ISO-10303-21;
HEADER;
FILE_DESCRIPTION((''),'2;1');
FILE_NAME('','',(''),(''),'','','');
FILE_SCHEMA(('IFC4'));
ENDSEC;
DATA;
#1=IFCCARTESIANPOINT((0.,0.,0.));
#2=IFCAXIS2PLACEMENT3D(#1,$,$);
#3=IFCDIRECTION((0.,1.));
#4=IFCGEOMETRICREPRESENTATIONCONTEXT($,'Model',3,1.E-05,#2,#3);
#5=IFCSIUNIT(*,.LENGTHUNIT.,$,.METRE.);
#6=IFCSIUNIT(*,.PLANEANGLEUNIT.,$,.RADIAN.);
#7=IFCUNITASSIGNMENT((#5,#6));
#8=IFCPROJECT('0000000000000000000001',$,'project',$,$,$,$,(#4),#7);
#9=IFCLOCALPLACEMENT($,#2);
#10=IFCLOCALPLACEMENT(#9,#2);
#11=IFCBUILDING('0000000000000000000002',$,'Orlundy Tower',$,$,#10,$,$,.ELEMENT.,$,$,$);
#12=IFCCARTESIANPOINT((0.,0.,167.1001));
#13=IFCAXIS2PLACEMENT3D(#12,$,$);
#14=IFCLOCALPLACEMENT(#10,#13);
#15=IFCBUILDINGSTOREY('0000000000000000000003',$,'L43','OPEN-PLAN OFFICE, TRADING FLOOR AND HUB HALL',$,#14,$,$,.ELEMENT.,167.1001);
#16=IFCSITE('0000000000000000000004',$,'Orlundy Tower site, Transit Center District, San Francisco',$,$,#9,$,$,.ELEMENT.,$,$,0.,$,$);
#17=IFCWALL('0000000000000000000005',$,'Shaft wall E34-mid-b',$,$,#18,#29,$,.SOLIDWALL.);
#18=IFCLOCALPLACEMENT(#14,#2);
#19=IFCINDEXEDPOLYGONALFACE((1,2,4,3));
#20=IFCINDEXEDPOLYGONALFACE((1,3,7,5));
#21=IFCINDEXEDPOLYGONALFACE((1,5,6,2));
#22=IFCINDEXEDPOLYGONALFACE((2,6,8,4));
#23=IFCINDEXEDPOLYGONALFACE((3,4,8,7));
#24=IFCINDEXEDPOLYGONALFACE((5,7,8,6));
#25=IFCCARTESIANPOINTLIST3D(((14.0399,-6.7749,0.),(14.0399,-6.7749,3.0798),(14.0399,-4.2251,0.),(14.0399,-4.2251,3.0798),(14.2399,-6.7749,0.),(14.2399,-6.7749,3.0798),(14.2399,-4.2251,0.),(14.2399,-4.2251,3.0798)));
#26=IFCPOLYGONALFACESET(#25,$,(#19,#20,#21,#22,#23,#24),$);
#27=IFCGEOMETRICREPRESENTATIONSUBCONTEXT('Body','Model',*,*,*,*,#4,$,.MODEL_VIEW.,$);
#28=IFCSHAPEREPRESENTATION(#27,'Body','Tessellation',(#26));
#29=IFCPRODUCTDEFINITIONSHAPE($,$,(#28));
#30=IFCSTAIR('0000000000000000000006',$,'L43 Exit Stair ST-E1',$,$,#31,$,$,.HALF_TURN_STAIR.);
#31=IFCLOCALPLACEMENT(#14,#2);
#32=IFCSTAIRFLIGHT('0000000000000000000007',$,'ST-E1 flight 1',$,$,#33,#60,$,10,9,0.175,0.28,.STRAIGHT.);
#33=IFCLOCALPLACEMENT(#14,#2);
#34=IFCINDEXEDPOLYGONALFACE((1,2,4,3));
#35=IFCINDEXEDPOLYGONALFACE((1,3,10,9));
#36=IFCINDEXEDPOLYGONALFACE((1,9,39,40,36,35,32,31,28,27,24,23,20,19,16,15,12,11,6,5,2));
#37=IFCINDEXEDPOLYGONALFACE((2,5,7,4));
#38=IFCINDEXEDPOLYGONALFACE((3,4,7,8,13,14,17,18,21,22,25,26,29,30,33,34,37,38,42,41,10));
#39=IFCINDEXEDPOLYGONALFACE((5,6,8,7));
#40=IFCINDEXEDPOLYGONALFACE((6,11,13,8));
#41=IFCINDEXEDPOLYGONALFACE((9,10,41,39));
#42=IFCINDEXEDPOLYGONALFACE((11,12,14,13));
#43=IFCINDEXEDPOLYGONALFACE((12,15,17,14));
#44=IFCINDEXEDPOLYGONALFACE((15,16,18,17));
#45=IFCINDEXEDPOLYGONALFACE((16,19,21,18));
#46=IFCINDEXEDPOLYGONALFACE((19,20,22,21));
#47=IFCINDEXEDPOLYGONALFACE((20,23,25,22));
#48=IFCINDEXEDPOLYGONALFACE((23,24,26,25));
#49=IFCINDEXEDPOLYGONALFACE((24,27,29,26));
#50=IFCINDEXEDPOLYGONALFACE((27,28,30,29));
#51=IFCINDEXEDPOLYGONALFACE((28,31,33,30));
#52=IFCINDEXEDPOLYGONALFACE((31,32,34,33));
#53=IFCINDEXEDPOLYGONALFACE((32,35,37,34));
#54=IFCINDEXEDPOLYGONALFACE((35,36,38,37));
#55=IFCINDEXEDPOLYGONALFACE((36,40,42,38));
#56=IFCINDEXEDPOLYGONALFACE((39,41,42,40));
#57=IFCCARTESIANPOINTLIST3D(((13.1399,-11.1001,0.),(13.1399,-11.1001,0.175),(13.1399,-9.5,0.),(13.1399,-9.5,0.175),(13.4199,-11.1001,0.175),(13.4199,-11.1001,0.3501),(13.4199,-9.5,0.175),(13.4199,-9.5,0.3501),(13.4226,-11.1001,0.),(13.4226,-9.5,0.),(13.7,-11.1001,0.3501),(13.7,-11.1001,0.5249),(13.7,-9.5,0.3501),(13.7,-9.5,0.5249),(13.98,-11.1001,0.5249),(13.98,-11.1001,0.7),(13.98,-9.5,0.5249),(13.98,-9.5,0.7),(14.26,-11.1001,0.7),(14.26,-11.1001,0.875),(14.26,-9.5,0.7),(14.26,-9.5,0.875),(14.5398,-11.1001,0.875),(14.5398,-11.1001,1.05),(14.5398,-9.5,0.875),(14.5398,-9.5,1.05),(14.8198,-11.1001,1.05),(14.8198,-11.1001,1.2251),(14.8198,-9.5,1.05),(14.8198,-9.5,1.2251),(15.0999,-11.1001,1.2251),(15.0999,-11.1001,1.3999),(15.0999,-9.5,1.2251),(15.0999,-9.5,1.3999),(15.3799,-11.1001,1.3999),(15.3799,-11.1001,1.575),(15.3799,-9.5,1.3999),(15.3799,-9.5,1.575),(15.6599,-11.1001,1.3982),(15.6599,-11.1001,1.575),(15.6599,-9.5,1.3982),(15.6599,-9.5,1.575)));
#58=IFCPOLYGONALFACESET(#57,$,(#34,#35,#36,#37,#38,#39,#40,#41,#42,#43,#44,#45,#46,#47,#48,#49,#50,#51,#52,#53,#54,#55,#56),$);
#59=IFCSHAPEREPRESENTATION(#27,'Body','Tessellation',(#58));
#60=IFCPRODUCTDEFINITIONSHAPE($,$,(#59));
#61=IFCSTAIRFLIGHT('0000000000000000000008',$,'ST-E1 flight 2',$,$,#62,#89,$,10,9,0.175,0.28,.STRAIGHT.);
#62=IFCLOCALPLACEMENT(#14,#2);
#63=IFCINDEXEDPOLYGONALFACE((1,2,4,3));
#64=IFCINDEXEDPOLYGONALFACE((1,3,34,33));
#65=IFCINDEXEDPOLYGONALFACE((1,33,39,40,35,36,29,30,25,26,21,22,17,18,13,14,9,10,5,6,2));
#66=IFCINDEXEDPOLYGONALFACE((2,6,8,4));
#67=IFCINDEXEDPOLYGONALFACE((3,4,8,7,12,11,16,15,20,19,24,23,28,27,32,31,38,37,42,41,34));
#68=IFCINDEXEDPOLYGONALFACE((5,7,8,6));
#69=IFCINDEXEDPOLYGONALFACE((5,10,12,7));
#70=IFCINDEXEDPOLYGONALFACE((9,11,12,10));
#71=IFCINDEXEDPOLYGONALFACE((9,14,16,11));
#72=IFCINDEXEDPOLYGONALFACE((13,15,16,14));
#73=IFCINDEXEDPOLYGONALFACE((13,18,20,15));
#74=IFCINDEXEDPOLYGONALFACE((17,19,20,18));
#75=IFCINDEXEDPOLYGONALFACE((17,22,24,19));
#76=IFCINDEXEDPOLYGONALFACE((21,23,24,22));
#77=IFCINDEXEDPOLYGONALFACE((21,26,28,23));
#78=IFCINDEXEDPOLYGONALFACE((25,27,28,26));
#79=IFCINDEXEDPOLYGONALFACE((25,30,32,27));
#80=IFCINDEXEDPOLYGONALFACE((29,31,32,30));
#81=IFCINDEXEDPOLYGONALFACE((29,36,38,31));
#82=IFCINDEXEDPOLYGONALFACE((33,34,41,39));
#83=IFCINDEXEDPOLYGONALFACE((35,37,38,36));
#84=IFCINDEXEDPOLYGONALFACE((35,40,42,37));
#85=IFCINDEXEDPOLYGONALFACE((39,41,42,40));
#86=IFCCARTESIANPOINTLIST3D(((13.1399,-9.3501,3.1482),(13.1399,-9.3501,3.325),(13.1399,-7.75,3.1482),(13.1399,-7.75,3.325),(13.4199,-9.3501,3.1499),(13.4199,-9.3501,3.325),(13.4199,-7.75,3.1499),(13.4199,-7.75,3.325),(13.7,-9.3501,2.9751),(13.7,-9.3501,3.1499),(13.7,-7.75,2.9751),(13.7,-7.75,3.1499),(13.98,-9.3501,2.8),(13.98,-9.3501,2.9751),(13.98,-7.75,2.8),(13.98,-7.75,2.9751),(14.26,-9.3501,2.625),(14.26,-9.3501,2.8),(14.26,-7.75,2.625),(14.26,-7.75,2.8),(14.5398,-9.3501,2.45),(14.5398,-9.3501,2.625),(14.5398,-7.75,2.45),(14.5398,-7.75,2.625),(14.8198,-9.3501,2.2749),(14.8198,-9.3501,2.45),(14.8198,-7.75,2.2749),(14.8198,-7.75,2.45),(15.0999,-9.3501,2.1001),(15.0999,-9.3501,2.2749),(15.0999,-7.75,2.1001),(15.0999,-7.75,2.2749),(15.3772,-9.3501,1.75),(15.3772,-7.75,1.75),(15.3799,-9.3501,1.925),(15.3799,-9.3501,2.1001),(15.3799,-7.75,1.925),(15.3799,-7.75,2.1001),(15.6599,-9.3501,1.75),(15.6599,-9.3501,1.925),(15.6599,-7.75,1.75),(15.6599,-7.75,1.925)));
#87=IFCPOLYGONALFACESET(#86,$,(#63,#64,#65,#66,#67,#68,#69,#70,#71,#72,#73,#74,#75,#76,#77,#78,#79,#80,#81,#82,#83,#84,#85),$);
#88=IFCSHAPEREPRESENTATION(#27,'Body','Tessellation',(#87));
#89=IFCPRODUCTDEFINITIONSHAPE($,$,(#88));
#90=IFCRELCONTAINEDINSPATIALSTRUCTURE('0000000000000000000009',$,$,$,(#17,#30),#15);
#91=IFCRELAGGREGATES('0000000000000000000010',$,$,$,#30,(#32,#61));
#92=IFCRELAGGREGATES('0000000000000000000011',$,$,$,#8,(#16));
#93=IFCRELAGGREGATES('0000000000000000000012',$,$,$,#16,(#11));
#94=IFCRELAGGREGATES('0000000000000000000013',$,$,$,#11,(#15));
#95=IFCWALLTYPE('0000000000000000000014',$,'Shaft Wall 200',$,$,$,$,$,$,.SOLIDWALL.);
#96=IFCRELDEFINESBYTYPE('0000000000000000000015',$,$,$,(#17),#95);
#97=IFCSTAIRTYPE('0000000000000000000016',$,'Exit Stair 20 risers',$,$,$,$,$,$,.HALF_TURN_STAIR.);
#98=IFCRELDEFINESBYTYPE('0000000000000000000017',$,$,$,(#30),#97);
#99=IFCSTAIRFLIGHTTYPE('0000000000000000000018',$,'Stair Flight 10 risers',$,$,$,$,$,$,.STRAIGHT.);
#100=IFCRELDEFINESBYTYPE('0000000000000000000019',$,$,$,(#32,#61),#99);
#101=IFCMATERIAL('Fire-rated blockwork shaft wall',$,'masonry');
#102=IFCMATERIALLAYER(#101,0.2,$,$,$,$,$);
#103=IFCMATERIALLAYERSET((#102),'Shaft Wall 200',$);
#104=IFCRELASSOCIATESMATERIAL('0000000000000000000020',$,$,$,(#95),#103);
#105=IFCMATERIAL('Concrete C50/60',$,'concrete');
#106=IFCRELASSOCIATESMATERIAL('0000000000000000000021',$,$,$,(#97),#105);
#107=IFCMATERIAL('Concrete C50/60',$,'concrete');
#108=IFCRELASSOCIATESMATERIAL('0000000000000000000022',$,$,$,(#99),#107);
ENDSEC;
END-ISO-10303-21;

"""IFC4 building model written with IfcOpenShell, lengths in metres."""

from ifc_helpers import new_model, si_unit, direction, frame, frame_2d, origin, place, context, subcontext, project, spatial, polyline, rectangle, outline, extrude, material, layer, layer_set, type_object, element, aggregate, save


model = new_model("IFC4")

# Units and contexts
model_context = context("Model", 3, precision=1e-05, world=origin(), true_north=direction((0.0, 1.0)))
body_context = subcontext(model_context, "Body", "Model", "MODEL_VIEW")
ifc_project = project(units=[si_unit("LENGTHUNIT", "METRE"), si_unit("PLANEANGLEUNIT", "RADIAN")], contexts=[model_context])

# Site, building, storey
site_placement = place(None, origin())
site = spatial("IfcSite", under=ifc_project, at=site_placement, Name="Orlundy Tower site, Transit Center District, San Francisco", CompositionType="ELEMENT", RefElevation=0.0)
building_placement = place(site_placement, origin())
building = spatial("IfcBuilding", under=site, at=building_placement, Name="Orlundy Tower", CompositionType="ELEMENT")
storey_placement = place(building_placement, frame((0.0, 0.0, 167.1001)))
storey = spatial("IfcBuildingStorey", under=building, at=storey_placement, Name="L43", Description="OPEN-PLAN OFFICE, TRADING FLOOR AND HUB HALL", CompositionType="ELEMENT", Elevation=167.1001)

# Wall
ifc_material_1 = material(Name="Fire-rated blockwork shaft wall", Category="masonry")
ifc_layer_1 = layer(ifc_material_1, 0.2)
ifc_layer_set_1 = layer_set([ifc_layer_1], Name="Shaft Wall 200")
wall_type_1 = type_object("IfcWallType", Name="Shaft Wall 200", PredefinedType="SOLIDWALL", material=ifc_layer_set_1)
wall_1_placement = place(storey_placement, frame((14.1399, -4.2251, 0.0), z_axis=(0.0, 0.0, 1.0), x_axis=(0.0, -1.0, 0.0)))
element("IfcWall", 1, at=wall_1_placement, inside=storey, type_object=wall_type_1, Name="Shaft wall E34-mid-b", PredefinedType="SOLIDWALL", context=body_context, shape_type="SweptSolid", body=[
    extrude(rectangle(XDim=2.5498, YDim=0.2, at=frame_2d((1.2749, 0.0))), origin(), (0.0, 0.0, 1.0), 3.0798),
])

# Stair, stair flights
ifc_material_2 = material(Name="Concrete C50/60", Category="concrete")
stair_type = type_object("IfcStairType", Name="Exit Stair 20 risers", PredefinedType="HALF_TURN_STAIR", material=ifc_material_2)
stair_placement = place(storey_placement, origin())
stair = element("IfcStair", 2, at=stair_placement, inside=storey, type_object=stair_type, Name="L43 Exit Stair ST-E1", PredefinedType="HALF_TURN_STAIR")
ifc_material_3 = material(Name="Concrete C50/60", Category="concrete")
stair_flight_type = type_object("IfcStairFlightType", Name="Stair Flight 10 risers", PredefinedType="STRAIGHT", material=ifc_material_3)
stair_flight_1_placement = place(storey_placement, frame((13.1399, -10.3, 0.0), z_axis=(0.0, 0.0, 1.0), x_axis=(1.0, 0.0, 0.0)))
stair_flight_1 = element("IfcStairFlight", 3, at=stair_flight_1_placement, type_object=stair_flight_type, Name="ST-E1 flight 1", NumberOfRisers=10, NumberOfTreads=9, PredefinedType="STRAIGHT", RiserHeight=0.175, TreadLength=0.28, context=body_context, shape_type="SweptSolid", body=[
    extrude(outline(polyline([(0.0, 0.0), (0.0, 0.175), (0.28, 0.175), (0.28, 0.3501), (0.5601, 0.3501), (0.5601, 0.5249), (0.8401, 0.5249), (0.8401, 0.7), (1.1201, 0.7), (1.1201, 0.875), (1.3999, 0.875), (1.3999, 1.05), (1.6799, 1.05), (1.6799, 1.2251), (1.96, 1.2251), (1.96, 1.3999), (2.24, 1.3999), (2.24, 1.575), (2.52, 1.575), (2.52, 1.75), (2.52, 1.3982), (0.2827, 0.0), (0.0, 0.0)])), frame((0.0, 0.8, 0.0), z_axis=(0.0, -1.0, 0.0), x_axis=(1.0, 0.0, 0.0)), (0.0, 0.0, 1.0), 1.6001),
])
stair_flight_2_placement = place(storey_placement, frame((15.6599, -8.55, 1.75), z_axis=(0.0, 0.0, 1.0), x_axis=(-1.0, 0.0, 0.0)))
stair_flight_2 = element("IfcStairFlight", 4, at=stair_flight_2_placement, type_object=stair_flight_type, Name="ST-E1 flight 2", NumberOfRisers=10, NumberOfTreads=9, PredefinedType="STRAIGHT", RiserHeight=0.175, TreadLength=0.28, context=body_context, shape_type="SweptSolid", body=[
    extrude(outline(polyline([(0.0, 0.0), (0.0, 0.175), (0.28, 0.175), (0.28, 0.3501), (0.5601, 0.3501), (0.5601, 0.5249), (0.8401, 0.5249), (0.8401, 0.7), (1.1201, 0.7), (1.1201, 0.875), (1.3999, 0.875), (1.3999, 1.05), (1.6799, 1.05), (1.6799, 1.2251), (1.96, 1.2251), (1.96, 1.3999), (2.24, 1.3999), (2.24, 1.575), (2.52, 1.575), (2.52, 1.75), (2.52, 1.3982), (0.2827, 0.0), (0.0, 0.0)])), frame((0.0, 0.8, 0.0), z_axis=(0.0, -1.0, 0.0), x_axis=(1.0, 0.0, 0.0)), (0.0, 0.0, 1.0), 1.6001),
])
aggregate(stair, [stair_flight_1, stair_flight_2])

save(model, "model.ifc")
